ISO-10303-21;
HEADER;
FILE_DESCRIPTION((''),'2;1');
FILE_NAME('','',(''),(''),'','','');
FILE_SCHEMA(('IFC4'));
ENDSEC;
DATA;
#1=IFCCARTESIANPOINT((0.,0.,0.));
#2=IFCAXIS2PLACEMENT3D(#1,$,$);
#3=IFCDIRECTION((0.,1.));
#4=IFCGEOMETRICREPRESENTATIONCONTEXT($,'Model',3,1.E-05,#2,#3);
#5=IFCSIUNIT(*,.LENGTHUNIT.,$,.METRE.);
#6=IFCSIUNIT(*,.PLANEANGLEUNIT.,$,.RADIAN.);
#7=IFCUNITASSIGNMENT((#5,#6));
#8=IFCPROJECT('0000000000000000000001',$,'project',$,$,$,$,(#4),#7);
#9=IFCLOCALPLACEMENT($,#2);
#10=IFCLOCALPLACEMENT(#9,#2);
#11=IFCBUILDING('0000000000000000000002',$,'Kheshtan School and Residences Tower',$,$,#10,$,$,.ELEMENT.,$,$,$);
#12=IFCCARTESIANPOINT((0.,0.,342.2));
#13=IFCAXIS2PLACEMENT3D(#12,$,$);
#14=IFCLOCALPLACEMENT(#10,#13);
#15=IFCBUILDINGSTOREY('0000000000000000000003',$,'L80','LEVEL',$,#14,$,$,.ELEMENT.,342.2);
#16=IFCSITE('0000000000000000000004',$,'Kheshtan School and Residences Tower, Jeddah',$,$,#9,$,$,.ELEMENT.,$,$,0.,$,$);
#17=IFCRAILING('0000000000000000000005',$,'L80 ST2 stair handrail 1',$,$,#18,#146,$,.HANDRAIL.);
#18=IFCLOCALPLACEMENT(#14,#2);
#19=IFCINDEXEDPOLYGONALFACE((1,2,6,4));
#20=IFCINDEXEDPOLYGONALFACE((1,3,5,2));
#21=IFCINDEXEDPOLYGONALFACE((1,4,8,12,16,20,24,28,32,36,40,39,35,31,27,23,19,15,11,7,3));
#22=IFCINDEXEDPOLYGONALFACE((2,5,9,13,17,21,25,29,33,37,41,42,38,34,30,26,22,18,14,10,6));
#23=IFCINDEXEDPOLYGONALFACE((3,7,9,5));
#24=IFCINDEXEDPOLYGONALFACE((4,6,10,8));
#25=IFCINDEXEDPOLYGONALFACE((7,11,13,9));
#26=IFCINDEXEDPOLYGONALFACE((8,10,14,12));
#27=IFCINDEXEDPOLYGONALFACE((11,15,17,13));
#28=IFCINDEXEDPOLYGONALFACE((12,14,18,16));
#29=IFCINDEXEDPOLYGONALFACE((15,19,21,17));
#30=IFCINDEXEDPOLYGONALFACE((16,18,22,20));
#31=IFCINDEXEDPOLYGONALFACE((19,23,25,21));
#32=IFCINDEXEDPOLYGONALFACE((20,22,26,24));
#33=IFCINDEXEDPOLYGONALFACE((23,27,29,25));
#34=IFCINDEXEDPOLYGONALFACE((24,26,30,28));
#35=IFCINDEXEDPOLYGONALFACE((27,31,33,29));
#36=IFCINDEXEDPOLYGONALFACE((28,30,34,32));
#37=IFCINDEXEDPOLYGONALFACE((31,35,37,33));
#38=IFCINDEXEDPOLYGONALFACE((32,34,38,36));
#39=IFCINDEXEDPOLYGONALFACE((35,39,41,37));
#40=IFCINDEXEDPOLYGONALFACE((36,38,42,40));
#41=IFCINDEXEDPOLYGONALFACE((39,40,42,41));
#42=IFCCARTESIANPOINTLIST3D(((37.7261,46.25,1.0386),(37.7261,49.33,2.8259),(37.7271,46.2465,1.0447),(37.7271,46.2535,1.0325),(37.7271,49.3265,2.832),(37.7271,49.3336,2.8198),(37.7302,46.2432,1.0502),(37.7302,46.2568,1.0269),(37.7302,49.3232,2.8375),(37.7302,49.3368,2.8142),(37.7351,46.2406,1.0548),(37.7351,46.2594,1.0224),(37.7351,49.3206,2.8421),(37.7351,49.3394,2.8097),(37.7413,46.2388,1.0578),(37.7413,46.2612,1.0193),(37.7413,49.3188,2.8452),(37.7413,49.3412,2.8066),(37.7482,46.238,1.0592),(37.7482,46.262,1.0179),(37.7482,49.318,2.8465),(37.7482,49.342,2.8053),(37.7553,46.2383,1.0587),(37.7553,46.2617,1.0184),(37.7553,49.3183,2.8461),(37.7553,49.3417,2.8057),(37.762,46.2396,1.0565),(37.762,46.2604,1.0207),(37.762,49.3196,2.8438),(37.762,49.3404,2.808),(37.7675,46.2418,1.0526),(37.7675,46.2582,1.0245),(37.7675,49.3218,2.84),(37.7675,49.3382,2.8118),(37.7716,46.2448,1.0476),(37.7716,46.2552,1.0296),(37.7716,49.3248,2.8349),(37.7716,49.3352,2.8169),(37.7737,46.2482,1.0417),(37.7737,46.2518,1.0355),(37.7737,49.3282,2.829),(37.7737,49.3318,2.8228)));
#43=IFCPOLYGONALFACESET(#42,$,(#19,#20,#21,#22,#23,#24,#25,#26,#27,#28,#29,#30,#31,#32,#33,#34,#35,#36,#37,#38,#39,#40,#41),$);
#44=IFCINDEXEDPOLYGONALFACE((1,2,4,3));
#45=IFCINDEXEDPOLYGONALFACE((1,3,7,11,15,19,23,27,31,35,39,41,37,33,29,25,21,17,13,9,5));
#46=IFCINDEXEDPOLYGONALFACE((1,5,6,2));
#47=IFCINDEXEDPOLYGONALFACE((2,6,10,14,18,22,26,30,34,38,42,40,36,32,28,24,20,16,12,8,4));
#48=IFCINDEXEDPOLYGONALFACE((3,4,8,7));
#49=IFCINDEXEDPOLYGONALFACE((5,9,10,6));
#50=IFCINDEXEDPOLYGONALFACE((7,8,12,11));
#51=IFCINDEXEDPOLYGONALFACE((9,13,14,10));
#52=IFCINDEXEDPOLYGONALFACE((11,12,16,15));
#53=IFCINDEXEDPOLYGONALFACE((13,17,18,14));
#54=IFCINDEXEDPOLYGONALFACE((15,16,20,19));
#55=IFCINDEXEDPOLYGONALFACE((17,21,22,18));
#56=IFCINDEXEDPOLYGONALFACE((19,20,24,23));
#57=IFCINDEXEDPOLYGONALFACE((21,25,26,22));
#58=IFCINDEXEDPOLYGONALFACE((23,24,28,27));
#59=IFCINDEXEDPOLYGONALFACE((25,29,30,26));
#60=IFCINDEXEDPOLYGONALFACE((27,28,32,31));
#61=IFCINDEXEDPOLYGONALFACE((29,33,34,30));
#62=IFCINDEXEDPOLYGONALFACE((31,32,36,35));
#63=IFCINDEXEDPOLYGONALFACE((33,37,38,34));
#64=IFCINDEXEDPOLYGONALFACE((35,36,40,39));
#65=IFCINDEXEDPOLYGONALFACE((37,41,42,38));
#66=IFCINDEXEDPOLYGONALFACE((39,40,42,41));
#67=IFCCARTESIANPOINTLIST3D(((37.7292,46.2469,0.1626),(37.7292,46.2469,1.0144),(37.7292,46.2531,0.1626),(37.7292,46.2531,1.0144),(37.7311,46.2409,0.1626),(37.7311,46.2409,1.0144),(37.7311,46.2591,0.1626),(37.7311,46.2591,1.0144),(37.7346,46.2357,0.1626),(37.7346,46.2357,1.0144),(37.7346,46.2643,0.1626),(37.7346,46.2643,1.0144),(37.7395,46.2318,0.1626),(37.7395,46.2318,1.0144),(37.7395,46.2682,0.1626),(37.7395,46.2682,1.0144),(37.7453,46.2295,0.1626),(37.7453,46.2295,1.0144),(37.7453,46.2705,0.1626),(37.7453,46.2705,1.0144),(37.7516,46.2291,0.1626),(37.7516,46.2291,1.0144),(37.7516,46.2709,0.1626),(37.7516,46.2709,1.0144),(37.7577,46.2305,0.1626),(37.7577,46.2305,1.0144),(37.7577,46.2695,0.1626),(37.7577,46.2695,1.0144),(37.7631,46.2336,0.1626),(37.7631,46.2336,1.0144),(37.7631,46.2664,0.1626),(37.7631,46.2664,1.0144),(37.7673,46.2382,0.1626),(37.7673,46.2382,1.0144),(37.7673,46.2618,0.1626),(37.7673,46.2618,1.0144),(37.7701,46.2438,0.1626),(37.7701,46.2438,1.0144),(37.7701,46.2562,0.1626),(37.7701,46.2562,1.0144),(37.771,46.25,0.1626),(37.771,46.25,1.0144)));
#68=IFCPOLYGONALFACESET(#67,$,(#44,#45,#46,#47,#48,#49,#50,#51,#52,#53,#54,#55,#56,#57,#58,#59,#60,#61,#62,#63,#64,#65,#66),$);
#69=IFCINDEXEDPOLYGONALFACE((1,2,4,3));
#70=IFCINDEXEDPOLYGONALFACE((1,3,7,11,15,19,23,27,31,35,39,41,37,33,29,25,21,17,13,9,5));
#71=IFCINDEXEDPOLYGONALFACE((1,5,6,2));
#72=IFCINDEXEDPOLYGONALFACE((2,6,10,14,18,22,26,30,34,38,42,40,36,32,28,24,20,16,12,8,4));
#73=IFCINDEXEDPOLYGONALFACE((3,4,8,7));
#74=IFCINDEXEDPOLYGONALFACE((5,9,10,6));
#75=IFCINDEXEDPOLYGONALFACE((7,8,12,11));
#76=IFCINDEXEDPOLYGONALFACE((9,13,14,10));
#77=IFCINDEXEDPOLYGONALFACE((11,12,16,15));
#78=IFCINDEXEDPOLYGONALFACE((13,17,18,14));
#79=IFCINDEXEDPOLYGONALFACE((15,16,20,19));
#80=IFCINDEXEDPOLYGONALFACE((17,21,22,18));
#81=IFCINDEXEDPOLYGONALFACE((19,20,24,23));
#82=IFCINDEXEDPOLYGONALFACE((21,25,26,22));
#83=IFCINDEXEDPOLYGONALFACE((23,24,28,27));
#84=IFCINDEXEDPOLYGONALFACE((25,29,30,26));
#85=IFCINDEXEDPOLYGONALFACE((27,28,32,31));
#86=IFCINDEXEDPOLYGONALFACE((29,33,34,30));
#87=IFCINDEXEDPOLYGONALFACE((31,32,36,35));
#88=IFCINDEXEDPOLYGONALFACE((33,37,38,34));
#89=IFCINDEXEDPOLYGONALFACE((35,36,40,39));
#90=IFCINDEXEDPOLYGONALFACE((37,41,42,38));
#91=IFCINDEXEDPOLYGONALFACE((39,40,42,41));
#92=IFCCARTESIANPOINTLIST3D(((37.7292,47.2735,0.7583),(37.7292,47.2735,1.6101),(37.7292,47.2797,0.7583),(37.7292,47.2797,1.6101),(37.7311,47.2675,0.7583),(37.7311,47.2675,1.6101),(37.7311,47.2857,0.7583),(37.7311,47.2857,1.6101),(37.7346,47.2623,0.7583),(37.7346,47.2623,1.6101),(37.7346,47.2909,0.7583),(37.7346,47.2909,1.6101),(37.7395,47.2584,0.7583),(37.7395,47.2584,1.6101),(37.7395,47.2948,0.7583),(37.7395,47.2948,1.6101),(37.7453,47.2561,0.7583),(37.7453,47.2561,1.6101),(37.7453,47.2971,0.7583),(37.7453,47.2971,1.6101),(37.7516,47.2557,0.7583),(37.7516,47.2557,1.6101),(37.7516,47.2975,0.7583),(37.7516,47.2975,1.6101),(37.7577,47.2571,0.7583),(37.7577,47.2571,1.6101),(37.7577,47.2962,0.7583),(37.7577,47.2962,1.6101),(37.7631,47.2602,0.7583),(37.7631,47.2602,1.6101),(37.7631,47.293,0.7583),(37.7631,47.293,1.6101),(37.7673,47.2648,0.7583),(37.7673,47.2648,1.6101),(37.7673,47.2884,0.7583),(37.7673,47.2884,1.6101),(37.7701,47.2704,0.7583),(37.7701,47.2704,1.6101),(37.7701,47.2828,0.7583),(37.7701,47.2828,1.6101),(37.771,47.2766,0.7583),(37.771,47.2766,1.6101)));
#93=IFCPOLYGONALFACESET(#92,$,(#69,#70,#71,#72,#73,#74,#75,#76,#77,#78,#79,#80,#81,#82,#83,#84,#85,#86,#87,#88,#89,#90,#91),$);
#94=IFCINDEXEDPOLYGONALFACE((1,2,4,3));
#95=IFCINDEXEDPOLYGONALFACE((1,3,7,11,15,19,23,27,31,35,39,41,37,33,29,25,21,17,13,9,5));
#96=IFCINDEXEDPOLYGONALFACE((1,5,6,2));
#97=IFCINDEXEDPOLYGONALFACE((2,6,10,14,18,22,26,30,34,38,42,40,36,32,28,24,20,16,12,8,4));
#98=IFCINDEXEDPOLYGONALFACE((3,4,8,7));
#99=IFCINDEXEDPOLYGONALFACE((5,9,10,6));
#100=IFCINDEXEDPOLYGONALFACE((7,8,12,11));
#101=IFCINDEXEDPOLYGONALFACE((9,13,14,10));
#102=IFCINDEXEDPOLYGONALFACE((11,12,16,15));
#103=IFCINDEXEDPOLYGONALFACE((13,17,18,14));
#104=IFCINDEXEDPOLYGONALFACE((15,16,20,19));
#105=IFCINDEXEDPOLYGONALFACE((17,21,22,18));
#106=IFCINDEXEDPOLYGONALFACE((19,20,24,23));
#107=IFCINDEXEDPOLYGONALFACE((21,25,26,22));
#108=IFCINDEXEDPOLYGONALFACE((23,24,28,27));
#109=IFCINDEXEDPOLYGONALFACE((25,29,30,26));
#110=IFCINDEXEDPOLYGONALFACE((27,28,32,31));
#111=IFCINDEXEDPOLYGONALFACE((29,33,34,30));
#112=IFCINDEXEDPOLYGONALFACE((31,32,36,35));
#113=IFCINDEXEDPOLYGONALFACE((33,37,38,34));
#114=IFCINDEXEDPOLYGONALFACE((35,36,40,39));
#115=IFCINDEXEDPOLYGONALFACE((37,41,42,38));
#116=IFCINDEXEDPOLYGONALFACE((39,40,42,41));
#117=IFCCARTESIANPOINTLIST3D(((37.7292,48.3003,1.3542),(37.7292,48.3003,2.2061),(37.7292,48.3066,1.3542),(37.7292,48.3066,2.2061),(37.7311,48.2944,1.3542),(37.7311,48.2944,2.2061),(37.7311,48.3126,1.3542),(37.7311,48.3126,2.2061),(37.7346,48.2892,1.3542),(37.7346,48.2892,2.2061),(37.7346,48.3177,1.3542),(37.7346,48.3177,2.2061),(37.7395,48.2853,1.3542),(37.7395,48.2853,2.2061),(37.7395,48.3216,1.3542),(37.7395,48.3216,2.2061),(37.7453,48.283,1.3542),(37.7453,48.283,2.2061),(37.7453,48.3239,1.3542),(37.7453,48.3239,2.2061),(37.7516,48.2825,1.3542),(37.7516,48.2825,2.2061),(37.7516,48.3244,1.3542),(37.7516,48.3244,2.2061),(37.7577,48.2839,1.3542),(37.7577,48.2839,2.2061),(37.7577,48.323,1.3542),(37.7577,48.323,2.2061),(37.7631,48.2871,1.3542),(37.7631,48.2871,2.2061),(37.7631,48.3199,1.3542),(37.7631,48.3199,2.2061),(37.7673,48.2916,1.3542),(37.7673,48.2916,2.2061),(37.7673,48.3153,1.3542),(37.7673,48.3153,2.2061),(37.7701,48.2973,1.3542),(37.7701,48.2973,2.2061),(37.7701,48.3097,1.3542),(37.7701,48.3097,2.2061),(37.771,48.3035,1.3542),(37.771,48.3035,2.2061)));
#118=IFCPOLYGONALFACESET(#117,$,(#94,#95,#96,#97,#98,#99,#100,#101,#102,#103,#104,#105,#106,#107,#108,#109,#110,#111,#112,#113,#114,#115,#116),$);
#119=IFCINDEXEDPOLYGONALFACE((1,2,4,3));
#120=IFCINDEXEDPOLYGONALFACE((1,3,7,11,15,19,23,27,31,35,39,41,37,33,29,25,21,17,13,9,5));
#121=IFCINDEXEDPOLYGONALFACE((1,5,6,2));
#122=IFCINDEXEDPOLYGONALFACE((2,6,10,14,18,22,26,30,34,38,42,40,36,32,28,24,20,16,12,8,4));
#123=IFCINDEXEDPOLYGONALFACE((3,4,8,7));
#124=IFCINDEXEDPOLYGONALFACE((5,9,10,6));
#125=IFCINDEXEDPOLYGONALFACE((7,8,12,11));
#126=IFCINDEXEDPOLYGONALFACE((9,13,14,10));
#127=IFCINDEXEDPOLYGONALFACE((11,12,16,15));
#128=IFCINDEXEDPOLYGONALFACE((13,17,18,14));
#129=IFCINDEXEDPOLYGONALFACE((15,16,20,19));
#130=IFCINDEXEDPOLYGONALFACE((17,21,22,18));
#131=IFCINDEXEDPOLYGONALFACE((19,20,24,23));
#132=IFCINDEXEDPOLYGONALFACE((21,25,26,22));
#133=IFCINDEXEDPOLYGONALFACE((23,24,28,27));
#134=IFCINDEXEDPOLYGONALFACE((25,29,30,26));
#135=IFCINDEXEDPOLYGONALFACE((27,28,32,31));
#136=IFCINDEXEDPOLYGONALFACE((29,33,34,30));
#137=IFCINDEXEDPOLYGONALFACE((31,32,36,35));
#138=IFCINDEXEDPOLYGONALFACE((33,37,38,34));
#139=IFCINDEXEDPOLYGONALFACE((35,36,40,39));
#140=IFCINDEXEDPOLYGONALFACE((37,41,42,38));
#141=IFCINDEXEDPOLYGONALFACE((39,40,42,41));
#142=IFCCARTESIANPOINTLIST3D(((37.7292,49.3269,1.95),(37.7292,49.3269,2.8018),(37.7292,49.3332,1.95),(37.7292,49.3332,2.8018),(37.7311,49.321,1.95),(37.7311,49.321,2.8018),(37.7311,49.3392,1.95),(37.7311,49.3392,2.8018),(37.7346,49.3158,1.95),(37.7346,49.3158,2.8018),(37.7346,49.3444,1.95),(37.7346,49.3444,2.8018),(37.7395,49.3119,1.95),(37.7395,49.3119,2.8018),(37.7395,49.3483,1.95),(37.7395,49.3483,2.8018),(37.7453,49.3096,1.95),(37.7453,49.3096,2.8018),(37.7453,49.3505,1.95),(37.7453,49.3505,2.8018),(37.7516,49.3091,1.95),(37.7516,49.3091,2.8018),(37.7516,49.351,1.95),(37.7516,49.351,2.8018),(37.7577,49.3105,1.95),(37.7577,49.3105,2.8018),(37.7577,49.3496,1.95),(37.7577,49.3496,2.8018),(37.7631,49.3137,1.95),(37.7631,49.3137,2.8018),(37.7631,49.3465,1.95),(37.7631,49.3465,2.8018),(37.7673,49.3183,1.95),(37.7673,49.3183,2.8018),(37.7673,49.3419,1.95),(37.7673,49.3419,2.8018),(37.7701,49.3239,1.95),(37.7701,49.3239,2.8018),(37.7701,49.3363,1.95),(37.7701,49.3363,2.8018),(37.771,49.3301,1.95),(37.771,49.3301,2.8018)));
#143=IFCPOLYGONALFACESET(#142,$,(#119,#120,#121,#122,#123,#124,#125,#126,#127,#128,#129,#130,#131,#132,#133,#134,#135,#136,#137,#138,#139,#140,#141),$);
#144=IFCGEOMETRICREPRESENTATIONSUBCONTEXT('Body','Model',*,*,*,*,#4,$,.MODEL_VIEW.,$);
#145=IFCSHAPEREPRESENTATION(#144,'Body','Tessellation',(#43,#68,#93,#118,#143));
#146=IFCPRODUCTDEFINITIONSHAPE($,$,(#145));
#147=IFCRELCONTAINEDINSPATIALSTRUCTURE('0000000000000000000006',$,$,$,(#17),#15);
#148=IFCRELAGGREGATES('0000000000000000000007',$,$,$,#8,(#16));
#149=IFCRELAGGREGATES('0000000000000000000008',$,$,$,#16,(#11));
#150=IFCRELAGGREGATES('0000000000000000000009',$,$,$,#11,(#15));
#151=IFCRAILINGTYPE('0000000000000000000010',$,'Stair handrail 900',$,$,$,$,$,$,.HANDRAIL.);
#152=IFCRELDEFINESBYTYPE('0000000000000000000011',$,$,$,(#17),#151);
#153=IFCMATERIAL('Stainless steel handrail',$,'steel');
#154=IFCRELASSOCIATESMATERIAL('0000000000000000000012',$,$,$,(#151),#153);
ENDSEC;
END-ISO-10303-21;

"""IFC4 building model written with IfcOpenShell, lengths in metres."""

from ifc_helpers import new_model, si_unit, direction, frame, origin, origin_2d, place, context, subcontext, project, spatial, circle, extrude, material, type_object, element, save


model = new_model("IFC4")

# Units and contexts
model_context = context("Model", 3, precision=1e-05, world=origin(), true_north=direction((0.0, 1.0)))
body_context = subcontext(model_context, "Body", "Model", "MODEL_VIEW")
ifc_project = project(units=[si_unit("LENGTHUNIT", "METRE"), si_unit("PLANEANGLEUNIT", "RADIAN")], contexts=[model_context])

# Site, building, storey
site_placement = place(None, origin())
site = spatial("IfcSite", under=ifc_project, at=site_placement, Name="Kheshtan School and Residences Tower, Jeddah", CompositionType="ELEMENT", RefElevation=0.0)
building_placement = place(site_placement, origin())
building = spatial("IfcBuilding", under=site, at=building_placement, Name="Kheshtan School and Residences Tower", CompositionType="ELEMENT")
storey_placement = place(building_placement, frame((0.0, 0.0, 342.2)))
storey = spatial("IfcBuildingStorey", under=building, at=storey_placement, Name="L80", Description="LEVEL", CompositionType="ELEMENT", Elevation=342.2)

# Railing
ifc_material_1 = material(Name="Stainless steel handrail", Category="steel")
railing_type_1 = type_object("IfcRailingType", Name="Stair handrail 900", PredefinedType="HANDRAIL", material=ifc_material_1)
railing_1_placement = place(storey_placement, frame((37.75, 46.25, 0.1626)))
element("IfcRailing", 1, at=railing_1_placement, inside=storey, type_object=railing_type_1, Name="L80 ST2 stair handrail 1", PredefinedType="HANDRAIL", context=body_context, shape_type="SweptSolid", body=[
    extrude(circle(Radius=0.0239, at=origin_2d()), frame((0.0, 0.0, 0.876), z_axis=(0.0, 0.86492, 0.501909), x_axis=(-1.0, 0.0, 0.0)), (0.0, 0.0, 1.0), 3.561),
    extrude(circle(Radius=0.021, at=origin_2d()), origin(), (0.0, 0.0, 1.0), 0.8518),
    extrude(circle(Radius=0.021, at=origin_2d()), frame((0.0, 1.0266, 0.5957)), (0.0, 0.0, 1.0), 0.8518),
    extrude(circle(Radius=0.021, at=origin_2d()), frame((0.0, 2.0535, 1.1917)), (0.0, 0.0, 1.0), 0.8518),
    extrude(circle(Radius=0.021, at=origin_2d()), frame((0.0, 3.0801, 1.7874)), (0.0, 0.0, 1.0), 0.8518),
])

save(model, "model.ifc")
